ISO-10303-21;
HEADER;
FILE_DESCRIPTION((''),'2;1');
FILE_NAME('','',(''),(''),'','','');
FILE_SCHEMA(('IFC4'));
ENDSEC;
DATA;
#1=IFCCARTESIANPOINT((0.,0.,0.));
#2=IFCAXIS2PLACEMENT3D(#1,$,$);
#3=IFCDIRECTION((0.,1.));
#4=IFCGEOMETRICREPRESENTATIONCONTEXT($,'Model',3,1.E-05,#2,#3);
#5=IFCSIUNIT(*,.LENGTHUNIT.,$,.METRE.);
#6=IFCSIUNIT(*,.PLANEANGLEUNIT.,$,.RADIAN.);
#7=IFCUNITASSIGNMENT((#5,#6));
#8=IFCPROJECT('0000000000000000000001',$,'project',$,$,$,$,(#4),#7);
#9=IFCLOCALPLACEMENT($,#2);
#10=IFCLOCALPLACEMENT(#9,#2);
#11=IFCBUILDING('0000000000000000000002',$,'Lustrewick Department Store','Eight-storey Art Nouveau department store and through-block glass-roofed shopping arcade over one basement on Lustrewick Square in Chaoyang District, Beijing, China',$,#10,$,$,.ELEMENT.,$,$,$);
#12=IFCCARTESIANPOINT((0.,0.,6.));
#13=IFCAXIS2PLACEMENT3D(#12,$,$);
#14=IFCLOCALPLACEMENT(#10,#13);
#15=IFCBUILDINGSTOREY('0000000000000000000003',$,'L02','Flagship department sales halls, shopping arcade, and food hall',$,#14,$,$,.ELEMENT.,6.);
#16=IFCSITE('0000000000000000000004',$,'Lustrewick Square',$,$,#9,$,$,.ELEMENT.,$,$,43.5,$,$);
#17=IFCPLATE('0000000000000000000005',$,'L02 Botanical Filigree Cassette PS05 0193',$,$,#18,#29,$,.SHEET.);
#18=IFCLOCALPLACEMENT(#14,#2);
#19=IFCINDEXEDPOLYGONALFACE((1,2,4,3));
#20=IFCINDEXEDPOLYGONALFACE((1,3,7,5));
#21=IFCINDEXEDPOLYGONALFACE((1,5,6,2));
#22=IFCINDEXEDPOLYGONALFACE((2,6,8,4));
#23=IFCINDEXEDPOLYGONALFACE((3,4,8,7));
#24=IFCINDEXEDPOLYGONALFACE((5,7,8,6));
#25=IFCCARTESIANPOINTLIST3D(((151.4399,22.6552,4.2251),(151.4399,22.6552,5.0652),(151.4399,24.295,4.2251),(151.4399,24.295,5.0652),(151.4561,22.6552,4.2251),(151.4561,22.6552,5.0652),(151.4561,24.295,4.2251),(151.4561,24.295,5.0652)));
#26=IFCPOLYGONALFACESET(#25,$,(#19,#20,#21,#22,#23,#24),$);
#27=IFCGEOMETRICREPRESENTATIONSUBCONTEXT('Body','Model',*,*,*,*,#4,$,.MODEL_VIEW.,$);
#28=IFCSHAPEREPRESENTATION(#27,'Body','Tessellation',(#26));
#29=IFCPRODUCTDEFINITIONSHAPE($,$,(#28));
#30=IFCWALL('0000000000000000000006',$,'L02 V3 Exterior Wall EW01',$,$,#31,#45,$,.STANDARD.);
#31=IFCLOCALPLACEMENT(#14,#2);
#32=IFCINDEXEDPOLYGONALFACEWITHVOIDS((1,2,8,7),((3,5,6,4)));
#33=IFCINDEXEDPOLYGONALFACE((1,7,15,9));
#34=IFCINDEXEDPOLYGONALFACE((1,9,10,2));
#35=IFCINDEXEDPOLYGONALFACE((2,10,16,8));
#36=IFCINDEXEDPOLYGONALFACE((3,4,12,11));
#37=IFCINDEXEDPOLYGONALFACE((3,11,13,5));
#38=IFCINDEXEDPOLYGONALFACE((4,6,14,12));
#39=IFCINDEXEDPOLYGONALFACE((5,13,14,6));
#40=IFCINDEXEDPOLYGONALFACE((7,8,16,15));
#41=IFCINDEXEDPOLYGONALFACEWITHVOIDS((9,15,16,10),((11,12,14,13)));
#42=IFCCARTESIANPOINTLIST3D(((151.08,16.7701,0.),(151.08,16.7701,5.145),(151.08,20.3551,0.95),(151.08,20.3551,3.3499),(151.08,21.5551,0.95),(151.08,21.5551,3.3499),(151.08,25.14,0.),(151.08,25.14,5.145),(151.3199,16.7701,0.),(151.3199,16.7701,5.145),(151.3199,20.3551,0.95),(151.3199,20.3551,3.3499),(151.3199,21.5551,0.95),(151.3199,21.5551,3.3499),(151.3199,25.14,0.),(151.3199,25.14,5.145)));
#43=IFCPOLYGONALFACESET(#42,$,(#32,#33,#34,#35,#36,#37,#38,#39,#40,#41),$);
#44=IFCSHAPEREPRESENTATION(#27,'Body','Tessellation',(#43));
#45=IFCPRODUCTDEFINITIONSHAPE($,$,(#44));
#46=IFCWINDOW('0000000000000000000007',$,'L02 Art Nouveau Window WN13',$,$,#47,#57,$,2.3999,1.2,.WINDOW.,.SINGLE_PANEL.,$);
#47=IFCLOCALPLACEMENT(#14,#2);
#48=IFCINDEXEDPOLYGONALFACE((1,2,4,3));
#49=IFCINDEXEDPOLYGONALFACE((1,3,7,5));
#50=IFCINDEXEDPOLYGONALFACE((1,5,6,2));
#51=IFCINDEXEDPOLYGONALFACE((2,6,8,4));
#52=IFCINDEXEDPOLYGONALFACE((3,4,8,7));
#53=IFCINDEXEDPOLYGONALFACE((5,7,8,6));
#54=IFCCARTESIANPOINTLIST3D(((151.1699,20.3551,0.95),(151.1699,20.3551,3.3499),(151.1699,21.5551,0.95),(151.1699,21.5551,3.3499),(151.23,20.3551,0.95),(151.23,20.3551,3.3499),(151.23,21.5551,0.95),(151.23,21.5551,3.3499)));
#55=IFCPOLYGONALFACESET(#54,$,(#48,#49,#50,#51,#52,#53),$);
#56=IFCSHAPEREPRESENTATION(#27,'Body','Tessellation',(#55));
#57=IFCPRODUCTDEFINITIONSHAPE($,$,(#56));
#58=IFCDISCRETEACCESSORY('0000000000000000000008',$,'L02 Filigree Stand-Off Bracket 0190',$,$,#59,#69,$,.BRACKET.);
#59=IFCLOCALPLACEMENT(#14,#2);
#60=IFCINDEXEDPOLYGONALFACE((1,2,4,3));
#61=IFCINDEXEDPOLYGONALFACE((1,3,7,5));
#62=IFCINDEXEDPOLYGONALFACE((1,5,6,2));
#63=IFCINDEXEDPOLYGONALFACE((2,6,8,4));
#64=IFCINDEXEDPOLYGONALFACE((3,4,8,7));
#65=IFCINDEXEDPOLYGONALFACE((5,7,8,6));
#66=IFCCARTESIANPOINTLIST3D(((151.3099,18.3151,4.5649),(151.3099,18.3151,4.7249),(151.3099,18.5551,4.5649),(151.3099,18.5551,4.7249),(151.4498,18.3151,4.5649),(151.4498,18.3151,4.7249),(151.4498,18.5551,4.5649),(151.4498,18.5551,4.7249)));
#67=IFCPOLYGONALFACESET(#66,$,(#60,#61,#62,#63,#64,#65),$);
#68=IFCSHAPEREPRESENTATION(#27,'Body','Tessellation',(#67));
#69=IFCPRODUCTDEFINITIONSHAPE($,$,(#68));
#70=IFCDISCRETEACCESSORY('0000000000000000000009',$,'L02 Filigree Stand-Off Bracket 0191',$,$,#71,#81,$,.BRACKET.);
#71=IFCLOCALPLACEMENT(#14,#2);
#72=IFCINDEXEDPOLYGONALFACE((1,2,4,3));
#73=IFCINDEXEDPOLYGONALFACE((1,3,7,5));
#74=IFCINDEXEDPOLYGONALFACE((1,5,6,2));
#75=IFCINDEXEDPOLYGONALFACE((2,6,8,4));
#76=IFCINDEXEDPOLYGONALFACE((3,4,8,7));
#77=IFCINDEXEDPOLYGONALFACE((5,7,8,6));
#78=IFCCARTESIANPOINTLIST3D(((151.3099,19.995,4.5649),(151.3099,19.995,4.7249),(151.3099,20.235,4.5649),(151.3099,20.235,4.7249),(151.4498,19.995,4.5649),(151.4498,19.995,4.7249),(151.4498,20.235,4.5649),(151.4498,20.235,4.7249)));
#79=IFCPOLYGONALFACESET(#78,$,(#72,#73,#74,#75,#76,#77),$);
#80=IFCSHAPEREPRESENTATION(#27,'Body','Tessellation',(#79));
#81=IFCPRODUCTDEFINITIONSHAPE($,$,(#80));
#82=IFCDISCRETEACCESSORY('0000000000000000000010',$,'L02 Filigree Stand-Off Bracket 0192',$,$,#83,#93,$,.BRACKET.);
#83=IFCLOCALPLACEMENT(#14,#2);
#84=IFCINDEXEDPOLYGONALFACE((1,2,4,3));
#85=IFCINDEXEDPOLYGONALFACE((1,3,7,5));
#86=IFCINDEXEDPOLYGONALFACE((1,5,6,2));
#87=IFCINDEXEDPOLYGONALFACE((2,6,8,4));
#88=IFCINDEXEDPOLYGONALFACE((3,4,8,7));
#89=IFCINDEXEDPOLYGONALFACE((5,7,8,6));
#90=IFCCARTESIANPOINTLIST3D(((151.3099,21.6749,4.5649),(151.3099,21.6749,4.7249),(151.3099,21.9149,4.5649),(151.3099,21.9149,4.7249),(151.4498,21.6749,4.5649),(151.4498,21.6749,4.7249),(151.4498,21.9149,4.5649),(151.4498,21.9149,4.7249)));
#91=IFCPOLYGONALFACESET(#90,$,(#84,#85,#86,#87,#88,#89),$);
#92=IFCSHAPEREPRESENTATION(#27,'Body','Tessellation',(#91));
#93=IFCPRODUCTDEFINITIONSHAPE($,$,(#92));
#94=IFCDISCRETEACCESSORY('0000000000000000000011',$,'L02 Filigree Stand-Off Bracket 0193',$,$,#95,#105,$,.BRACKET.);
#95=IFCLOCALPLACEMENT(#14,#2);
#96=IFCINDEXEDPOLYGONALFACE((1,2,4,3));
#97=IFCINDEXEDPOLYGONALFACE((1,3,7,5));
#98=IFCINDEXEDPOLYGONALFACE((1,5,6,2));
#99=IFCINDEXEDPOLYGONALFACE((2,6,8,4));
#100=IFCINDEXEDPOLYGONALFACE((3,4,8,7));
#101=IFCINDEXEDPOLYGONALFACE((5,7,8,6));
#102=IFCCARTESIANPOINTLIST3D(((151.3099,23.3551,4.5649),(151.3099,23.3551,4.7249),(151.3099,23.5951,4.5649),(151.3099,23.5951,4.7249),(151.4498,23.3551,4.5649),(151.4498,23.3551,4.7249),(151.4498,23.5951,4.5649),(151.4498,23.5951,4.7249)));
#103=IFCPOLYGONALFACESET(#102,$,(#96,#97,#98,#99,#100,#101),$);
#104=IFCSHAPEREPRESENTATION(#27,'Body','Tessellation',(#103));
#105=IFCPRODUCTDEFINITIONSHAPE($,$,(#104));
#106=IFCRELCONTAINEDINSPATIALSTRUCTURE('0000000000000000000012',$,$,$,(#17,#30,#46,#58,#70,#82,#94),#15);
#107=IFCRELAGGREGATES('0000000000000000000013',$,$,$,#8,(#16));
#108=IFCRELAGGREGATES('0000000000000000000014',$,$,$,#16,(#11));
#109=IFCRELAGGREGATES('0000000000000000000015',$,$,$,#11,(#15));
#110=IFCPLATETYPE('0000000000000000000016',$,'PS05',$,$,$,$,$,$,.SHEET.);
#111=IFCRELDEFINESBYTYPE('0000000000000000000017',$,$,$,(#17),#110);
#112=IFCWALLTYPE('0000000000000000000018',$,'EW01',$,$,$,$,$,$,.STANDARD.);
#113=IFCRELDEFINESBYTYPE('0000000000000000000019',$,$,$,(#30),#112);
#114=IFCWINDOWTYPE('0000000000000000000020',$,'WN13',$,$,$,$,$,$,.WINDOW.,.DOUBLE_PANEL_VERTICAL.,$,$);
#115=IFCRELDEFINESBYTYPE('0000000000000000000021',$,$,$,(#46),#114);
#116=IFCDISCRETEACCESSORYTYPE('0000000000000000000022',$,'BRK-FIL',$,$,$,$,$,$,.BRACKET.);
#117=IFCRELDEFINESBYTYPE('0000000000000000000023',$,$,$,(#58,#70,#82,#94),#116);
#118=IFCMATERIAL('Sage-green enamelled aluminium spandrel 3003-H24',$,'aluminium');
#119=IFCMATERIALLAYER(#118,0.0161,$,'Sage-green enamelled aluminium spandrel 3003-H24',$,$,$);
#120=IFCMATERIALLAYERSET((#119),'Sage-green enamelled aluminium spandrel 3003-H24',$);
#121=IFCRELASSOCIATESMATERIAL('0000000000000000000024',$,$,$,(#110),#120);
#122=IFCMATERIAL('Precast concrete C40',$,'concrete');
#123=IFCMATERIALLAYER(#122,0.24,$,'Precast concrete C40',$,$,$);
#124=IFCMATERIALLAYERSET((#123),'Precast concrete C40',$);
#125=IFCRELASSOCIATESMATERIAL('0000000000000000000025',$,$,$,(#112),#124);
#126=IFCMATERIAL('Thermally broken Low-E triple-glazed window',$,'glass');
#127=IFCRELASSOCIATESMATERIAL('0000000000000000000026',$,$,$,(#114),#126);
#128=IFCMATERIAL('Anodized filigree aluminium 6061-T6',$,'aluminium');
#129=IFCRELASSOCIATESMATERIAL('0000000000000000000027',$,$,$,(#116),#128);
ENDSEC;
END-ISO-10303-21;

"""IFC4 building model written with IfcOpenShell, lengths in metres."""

from ifc_helpers import new_model, si_unit, direction, frame, frame_2d, origin, origin_2d, place, context, subcontext, project, spatial, rectangle, extrude, material, layer, layer_set, type_object, element, fill, save


model = new_model("IFC4")

# Units and contexts
model_context = context("Model", 3, precision=1e-05, world=origin(), true_north=direction((0.0, 1.0)))
body_context = subcontext(model_context, "Body", "Model", "MODEL_VIEW")
ifc_project = project(units=[si_unit("LENGTHUNIT", "METRE"), si_unit("PLANEANGLEUNIT", "RADIAN")], contexts=[model_context])

# Site, building, storey
site_placement = place(None, origin())
site = spatial("IfcSite", under=ifc_project, at=site_placement, Name="Lustrewick Square", CompositionType="ELEMENT", RefElevation=43.5)
building_placement = place(site_placement, origin())
building = spatial("IfcBuilding", under=site, at=building_placement, Name="Lustrewick Department Store", Description="Eight-storey Art Nouveau department store and through-block glass-roofed shopping arcade over one basement on Lustrewick Square in Chaoyang District, Beijing, China", CompositionType="ELEMENT")
storey_placement = place(building_placement, frame((0.0, 0.0, 6.0)))
storey = spatial("IfcBuildingStorey", under=building, at=storey_placement, Name="L02", Description="Flagship department sales halls, shopping arcade, and food hall", CompositionType="ELEMENT", Elevation=6.0)

# Plate
ifc_material_1 = material(Name="Sage-green enamelled aluminium spandrel 3003-H24", Category="aluminium")
ifc_layer_1 = layer(ifc_material_1, 0.0161, Name="Sage-green enamelled aluminium spandrel 3003-H24")
ifc_layer_set_1 = layer_set([ifc_layer_1], Name="Sage-green enamelled aluminium spandrel 3003-H24")
plate_type_1 = type_object("IfcPlateType", Name="PS05", PredefinedType="SHEET", material=ifc_layer_set_1)
for number, where, z_axis, x_axis, name in (
    (1, (151.448, 23.4751, 4.2251), (0.0, 0.0, 1.0), (0.0, 1.0, 0.0), "L02 Botanical Filigree Cassette PS05 0193"),
):
    element("IfcPlate", number, at=place(storey_placement, frame(where, z_axis=z_axis, x_axis=x_axis)), inside=storey, type_object=plate_type_1, Name=name, PredefinedType="SHEET", context=body_context, shape_type="SweptSolid", body=[
        extrude(rectangle(XDim=1.6399, YDim=0.0161, at=origin_2d()), origin(), (0.0, 0.0, 1.0), 0.8401),
    ])

# Wall, opening, window
ifc_material_2 = material(Name="Precast concrete C40", Category="concrete")
ifc_layer_2 = layer(ifc_material_2, 0.24, Name="Precast concrete C40")
ifc_layer_set_2 = layer_set([ifc_layer_2], Name="Precast concrete C40")
wall_type = type_object("IfcWallType", Name="EW01", PredefinedType="STANDARD", material=ifc_layer_set_2)
wall_placement = place(storey_placement, frame((151.2, 16.77, 0.0), z_axis=(0.0, 0.0, 1.0), x_axis=(0.0, 1.0, 0.0)))
wall = element("IfcWall", 2, at=wall_placement, inside=storey, type_object=wall_type, Name="L02 V3 Exterior Wall EW01", PredefinedType="STANDARD", context=body_context, shape_type="SweptSolid", body=[
    extrude(rectangle(XDim=8.3699, YDim=0.24, at=frame_2d((4.1851, 0.0))), origin(), (0.0, 0.0, 1.0), 5.145),
])
opening_placement = place(wall_placement, frame((3.585, 0.0, 0.95)))
opening = element("IfcOpeningElement", 3, at=opening_placement, cuts=wall, PredefinedType="OPENING", context=body_context, shape_type="SweptSolid", body=[
    extrude(rectangle(XDim=1.2, YDim=2.3999, at=frame_2d((0.6001, 1.2))), frame((0.0, 0.1299, 0.0), z_axis=(0.0, -1.0, 0.0), x_axis=(1.0, 0.0, 0.0)), (0.0, 0.0, 1.0), 0.26),
])
ifc_material_3 = material(Name="Thermally broken Low-E triple-glazed window", Category="glass")
window_type = type_object("IfcWindowType", Name="WN13", PartitioningType="DOUBLE_PANEL_VERTICAL", PredefinedType="WINDOW", material=ifc_material_3)
window_placement = place(opening_placement, origin())
window = element("IfcWindow", 4, at=window_placement, inside=storey, type_object=window_type, Name="L02 Art Nouveau Window WN13", OverallHeight=2.3999, OverallWidth=1.2, PartitioningType="SINGLE_PANEL", PredefinedType="WINDOW", context=body_context, shape_type="SweptSolid", body=[
    extrude(rectangle(XDim=1.2, YDim=2.3999, at=frame_2d((0.6001, 1.2))), frame((0.0, 0.03, 0.0), z_axis=(0.0, -1.0, 0.0), x_axis=(1.0, 0.0, 0.0)), (0.0, 0.0, 1.0), 0.0601),
])
fill(opening, window)

# Discrete accessories
ifc_material_4 = material(Name="Anodized filigree aluminium 6061-T6", Category="aluminium")
discrete_accessory_type = type_object("IfcDiscreteAccessoryType", Name="BRK-FIL", PredefinedType="BRACKET", material=ifc_material_4)
for number, where, z_axis, x_axis, name in (
    (5, (151.3799, 18.4351, 4.5649), (0.0, 0.0, 1.0), (0.0, 1.0, 0.0), "L02 Filigree Stand-Off Bracket 0190"),
    (6, (151.3799, 20.115, 4.5649), (0.0, 0.0, 1.0), (0.0, 1.0, 0.0), "L02 Filigree Stand-Off Bracket 0191"),
    (7, (151.3799, 21.7949, 4.5649), (0.0, 0.0, 1.0), (0.0, 1.0, 0.0), "L02 Filigree Stand-Off Bracket 0192"),
    (8, (151.3799, 23.4751, 4.5649), (0.0, 0.0, 1.0), (0.0, 1.0, 0.0), "L02 Filigree Stand-Off Bracket 0193"),
):
    element("IfcDiscreteAccessory", number, at=place(storey_placement, frame(where, z_axis=z_axis, x_axis=x_axis)), inside=storey, type_object=discrete_accessory_type, Name=name, PredefinedType="BRACKET", context=body_context, shape_type="SweptSolid", body=[
        extrude(rectangle(XDim=0.24, YDim=0.1399, at=origin_2d()), origin(), (0.0, 0.0, 1.0), 0.1599),
    ])

save(model, "model.ifc")
